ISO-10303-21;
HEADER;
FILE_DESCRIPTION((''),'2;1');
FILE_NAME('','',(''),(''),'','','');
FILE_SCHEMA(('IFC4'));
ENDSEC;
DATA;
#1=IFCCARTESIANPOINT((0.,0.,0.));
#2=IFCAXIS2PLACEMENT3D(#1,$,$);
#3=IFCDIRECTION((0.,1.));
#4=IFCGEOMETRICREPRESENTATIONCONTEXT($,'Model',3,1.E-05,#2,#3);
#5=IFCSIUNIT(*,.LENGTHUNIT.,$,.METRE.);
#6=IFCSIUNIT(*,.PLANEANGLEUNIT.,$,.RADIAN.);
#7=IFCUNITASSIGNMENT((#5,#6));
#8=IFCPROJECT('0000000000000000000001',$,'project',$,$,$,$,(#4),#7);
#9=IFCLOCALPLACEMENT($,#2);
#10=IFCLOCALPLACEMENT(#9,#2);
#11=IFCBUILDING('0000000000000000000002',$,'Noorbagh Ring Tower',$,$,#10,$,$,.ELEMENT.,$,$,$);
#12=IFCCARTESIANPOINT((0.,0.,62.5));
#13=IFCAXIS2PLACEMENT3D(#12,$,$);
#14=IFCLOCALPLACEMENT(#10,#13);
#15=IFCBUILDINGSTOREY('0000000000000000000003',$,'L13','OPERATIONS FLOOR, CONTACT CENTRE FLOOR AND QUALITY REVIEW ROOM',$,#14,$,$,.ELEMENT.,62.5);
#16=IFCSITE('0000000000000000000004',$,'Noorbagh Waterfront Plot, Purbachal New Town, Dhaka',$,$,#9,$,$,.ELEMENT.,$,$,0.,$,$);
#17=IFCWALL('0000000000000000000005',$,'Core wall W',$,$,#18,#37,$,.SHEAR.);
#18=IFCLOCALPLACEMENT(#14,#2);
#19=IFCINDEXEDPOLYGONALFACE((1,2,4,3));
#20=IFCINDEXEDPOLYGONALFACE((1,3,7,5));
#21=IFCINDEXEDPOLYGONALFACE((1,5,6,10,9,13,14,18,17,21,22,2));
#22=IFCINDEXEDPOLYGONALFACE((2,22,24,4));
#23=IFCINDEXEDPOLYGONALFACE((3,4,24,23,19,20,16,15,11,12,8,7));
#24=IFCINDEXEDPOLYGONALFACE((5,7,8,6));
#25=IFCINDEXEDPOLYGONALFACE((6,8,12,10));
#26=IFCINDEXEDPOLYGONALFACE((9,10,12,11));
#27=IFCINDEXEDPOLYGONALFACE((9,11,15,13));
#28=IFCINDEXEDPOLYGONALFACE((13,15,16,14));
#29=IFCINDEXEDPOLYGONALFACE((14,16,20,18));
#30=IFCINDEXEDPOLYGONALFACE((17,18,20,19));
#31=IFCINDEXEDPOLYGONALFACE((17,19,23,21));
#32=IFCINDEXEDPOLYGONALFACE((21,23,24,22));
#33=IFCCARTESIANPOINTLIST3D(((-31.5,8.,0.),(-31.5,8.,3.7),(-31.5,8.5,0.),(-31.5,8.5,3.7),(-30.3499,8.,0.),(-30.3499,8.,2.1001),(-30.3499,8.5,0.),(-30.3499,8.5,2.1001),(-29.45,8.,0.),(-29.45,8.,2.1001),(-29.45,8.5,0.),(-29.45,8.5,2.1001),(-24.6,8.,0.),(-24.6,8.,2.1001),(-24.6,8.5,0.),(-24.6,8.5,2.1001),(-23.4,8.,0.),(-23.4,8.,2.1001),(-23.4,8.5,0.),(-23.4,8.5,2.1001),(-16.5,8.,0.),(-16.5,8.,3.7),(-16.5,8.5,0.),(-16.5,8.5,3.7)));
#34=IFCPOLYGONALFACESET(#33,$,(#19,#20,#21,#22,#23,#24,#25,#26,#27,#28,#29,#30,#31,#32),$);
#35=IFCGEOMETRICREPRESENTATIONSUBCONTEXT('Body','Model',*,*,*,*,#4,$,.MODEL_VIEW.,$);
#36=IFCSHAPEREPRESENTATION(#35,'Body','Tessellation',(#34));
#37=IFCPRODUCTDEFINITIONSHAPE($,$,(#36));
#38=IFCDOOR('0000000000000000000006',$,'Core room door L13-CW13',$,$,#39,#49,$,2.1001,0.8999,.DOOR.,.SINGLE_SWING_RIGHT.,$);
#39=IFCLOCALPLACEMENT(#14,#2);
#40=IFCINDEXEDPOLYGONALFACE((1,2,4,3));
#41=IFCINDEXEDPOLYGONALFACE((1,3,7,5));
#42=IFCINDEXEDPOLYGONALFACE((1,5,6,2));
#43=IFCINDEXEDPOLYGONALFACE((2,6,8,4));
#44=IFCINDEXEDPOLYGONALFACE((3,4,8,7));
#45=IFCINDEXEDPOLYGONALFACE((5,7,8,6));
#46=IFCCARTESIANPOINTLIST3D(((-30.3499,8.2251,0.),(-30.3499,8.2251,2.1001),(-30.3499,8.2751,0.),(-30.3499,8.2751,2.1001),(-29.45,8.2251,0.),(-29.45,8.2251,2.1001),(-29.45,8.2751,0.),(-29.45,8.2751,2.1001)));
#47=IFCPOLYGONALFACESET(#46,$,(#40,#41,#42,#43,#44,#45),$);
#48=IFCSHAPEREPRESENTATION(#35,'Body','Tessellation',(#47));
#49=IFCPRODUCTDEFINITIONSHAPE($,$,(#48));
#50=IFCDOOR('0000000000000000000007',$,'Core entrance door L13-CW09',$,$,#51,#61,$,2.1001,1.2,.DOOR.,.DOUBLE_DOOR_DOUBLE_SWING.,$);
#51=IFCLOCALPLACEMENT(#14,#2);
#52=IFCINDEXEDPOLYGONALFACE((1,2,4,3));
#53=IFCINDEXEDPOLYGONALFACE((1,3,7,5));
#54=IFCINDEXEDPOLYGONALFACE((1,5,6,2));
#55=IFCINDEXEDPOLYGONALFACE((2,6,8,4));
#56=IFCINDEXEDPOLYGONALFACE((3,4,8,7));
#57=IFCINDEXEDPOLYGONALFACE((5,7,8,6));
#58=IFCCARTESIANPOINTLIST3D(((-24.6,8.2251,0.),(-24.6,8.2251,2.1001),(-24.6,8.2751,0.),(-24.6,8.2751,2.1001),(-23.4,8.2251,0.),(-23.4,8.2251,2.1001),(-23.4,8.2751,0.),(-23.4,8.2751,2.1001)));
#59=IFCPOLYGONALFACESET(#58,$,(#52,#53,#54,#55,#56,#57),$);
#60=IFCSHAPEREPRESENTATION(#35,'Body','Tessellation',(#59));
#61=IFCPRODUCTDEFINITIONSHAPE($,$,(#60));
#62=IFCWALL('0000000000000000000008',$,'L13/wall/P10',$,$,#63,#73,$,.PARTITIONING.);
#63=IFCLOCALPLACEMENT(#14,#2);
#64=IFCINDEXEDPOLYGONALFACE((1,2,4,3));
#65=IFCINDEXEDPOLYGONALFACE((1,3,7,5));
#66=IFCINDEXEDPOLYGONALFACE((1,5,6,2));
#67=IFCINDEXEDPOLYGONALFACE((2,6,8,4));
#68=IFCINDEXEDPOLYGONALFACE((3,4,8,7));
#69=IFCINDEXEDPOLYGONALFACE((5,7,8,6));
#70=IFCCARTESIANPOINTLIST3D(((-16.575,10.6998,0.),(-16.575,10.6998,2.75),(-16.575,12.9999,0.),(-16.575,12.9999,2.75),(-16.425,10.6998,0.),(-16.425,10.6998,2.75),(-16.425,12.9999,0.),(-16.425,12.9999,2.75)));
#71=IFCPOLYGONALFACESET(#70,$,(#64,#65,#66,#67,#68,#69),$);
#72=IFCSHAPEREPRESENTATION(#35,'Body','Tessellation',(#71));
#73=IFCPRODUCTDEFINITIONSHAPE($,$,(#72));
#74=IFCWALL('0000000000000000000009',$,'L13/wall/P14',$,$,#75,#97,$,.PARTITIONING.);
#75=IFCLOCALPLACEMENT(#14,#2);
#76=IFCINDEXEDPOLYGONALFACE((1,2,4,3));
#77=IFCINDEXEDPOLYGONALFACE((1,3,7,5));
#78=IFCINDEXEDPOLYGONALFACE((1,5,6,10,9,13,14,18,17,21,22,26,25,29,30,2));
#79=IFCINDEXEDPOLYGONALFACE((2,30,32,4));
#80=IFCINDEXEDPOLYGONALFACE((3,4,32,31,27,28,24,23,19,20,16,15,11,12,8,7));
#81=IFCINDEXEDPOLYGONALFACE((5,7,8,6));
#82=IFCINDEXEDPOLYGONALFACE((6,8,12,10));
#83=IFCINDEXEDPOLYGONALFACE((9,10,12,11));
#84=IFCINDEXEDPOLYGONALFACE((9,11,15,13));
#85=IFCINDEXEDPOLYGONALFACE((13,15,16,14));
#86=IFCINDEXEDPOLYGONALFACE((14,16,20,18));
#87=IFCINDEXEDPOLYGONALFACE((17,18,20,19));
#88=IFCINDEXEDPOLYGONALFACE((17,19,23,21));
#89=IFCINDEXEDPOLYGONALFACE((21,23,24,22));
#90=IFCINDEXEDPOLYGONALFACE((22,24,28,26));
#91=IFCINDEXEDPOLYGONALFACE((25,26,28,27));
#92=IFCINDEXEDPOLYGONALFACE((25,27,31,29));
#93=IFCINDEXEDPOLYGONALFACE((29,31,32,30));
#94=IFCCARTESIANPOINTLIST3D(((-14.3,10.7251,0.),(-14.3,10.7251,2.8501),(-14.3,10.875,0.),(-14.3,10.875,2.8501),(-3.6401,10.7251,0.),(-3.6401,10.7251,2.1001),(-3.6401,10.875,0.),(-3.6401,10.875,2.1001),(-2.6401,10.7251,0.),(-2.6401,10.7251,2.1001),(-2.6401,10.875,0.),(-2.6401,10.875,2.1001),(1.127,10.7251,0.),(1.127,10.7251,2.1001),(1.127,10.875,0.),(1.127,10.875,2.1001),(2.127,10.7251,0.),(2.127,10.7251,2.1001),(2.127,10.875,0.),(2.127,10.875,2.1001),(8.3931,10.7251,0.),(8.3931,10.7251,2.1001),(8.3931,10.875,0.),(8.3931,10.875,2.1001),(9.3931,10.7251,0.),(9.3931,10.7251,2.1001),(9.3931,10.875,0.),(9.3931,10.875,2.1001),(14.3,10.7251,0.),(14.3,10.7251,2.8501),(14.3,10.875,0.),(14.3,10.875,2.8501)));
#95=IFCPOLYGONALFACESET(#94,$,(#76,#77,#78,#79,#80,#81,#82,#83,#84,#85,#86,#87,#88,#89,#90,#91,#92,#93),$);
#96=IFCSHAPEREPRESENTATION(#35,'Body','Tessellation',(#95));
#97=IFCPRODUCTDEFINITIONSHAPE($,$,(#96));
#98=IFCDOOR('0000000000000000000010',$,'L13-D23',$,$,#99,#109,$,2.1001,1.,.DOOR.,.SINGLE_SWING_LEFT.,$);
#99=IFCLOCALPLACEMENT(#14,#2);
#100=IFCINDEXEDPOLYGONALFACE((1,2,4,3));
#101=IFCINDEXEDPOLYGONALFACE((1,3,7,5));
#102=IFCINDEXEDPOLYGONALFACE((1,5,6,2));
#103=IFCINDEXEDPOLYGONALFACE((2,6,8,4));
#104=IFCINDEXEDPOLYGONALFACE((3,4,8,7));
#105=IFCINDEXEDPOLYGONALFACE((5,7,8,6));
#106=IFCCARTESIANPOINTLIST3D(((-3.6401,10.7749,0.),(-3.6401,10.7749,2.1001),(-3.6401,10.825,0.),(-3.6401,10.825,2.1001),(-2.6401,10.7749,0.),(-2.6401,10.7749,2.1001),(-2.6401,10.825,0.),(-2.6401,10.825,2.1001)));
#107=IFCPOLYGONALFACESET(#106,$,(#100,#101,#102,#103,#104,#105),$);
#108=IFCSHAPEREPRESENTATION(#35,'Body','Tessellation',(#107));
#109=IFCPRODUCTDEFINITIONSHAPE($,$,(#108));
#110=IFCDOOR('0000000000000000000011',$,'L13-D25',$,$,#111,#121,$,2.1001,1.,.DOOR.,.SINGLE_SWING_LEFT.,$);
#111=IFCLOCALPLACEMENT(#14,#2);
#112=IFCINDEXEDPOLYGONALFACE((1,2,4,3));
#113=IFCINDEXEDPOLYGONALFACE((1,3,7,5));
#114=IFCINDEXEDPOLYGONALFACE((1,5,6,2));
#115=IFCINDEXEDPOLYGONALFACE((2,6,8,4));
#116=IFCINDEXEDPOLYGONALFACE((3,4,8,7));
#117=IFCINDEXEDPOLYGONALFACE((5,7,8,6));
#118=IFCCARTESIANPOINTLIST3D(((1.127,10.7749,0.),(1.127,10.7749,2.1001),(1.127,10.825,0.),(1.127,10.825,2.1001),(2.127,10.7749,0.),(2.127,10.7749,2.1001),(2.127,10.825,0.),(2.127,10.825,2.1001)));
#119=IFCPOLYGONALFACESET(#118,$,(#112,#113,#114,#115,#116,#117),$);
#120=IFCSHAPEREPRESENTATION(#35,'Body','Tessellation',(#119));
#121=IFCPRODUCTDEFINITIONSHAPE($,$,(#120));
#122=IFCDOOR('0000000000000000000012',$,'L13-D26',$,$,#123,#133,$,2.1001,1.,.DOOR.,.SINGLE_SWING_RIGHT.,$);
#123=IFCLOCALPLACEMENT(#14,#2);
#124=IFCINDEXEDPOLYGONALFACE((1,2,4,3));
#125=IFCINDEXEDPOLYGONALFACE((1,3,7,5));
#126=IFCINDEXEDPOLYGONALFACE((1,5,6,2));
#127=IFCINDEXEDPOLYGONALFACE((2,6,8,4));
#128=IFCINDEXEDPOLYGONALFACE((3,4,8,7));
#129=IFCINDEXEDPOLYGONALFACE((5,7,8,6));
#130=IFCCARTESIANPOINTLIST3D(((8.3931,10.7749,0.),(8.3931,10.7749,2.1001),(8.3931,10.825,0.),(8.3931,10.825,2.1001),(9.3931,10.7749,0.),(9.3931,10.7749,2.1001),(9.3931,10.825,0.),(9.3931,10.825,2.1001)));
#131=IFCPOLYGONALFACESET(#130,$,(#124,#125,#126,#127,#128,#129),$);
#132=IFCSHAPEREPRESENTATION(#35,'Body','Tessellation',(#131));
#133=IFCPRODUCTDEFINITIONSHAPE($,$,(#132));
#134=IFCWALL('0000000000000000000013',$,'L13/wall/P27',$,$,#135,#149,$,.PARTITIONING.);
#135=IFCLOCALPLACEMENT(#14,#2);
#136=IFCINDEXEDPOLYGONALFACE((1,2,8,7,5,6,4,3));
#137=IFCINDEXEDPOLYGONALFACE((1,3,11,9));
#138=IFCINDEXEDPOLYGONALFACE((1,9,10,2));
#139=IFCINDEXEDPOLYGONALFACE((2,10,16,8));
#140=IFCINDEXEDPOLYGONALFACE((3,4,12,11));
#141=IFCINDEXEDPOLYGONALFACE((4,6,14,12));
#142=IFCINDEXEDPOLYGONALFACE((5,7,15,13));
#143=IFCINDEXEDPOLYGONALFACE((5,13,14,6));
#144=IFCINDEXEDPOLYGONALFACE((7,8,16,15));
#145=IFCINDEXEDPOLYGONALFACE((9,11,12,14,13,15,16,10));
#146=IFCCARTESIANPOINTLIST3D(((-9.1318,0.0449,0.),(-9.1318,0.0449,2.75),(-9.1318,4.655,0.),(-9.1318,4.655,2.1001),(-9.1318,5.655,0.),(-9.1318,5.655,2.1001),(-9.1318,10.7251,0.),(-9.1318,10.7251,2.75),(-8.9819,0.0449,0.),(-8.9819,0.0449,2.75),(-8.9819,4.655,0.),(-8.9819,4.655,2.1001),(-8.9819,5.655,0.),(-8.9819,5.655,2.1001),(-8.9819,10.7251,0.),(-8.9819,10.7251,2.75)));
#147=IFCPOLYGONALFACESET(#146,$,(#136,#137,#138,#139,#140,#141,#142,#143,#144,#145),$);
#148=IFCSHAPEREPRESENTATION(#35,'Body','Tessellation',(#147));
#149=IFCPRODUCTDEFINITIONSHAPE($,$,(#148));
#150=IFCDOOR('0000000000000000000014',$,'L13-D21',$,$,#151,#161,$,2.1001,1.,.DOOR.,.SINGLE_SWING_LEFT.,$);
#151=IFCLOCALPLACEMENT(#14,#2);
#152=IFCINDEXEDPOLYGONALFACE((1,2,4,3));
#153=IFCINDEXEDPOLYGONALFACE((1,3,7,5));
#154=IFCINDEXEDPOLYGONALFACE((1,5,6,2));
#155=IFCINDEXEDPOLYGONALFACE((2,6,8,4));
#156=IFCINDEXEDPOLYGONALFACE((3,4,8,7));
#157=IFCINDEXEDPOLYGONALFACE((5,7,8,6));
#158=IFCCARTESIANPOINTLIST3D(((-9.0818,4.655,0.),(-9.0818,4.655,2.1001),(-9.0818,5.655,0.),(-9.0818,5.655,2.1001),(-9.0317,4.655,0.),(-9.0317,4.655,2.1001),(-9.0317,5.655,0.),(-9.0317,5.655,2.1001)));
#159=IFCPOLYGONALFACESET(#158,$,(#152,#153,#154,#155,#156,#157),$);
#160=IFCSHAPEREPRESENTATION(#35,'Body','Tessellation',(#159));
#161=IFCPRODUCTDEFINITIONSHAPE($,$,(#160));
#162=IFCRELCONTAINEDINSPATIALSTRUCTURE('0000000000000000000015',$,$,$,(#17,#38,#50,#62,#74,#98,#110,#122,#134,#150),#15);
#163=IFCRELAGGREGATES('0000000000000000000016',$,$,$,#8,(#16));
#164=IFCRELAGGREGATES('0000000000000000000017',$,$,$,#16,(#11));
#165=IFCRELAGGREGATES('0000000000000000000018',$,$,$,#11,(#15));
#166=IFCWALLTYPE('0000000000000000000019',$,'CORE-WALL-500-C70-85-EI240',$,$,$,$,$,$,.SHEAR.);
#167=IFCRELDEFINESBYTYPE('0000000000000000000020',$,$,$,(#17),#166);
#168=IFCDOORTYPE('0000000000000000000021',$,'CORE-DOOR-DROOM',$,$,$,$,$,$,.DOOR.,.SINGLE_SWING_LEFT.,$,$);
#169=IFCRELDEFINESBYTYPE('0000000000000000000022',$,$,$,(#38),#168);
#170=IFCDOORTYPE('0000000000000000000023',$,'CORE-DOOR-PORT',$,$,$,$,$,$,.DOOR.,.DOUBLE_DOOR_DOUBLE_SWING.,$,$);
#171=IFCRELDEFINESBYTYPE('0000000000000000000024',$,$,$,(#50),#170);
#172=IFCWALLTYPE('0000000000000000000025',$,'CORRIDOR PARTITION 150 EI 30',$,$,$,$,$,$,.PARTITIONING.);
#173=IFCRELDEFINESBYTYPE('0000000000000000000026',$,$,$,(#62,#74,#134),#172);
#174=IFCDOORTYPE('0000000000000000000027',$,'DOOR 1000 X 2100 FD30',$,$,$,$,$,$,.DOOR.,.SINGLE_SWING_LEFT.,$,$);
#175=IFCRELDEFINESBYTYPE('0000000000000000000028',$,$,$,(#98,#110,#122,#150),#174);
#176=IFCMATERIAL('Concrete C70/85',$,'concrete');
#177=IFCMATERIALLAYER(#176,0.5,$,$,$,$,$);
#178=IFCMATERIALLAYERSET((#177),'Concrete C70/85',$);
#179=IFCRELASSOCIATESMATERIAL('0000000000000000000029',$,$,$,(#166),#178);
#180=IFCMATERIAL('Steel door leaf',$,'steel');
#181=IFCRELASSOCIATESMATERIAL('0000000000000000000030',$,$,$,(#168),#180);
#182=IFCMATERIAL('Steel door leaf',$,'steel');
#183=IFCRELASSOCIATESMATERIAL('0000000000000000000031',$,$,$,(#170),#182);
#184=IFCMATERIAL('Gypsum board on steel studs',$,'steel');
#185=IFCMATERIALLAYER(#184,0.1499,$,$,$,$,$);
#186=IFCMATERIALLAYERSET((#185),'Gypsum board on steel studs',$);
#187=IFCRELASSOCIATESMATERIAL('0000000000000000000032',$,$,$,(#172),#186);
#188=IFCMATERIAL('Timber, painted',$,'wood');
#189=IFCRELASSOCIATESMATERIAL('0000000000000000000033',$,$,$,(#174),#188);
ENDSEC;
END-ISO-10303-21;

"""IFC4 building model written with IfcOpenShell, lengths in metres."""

from ifc_helpers import new_model, si_unit, direction, frame, frame_2d, origin, place, context, subcontext, project, spatial, rectangle, extrude, material, layer, layer_set, type_object, element, fill, save


model = new_model("IFC4")

# Units and contexts
model_context = context("Model", 3, precision=1e-05, world=origin(), true_north=direction((0.0, 1.0)))
body_context = subcontext(model_context, "Body", "Model", "MODEL_VIEW")
ifc_project = project(units=[si_unit("LENGTHUNIT", "METRE"), si_unit("PLANEANGLEUNIT", "RADIAN")], contexts=[model_context])

# Site, building, storey
site_placement = place(None, origin())
site = spatial("IfcSite", under=ifc_project, at=site_placement, Name="Noorbagh Waterfront Plot, Purbachal New Town, Dhaka", CompositionType="ELEMENT", RefElevation=0.0)
building_placement = place(site_placement, origin())
building = spatial("IfcBuilding", under=site, at=building_placement, Name="Noorbagh Ring Tower", CompositionType="ELEMENT")
storey_placement = place(building_placement, frame((0.0, 0.0, 62.5)))
storey = spatial("IfcBuildingStorey", under=building, at=storey_placement, Name="L13", Description="OPERATIONS FLOOR, CONTACT CENTRE FLOOR AND QUALITY REVIEW ROOM", CompositionType="ELEMENT", Elevation=62.5)

# Wall, openings, doors
ifc_material_1 = material(Name="Concrete C70/85", Category="concrete")
ifc_layer_1 = layer(ifc_material_1, 0.5)
ifc_layer_set_1 = layer_set([ifc_layer_1], Name="Concrete C70/85")
wall_type_1 = type_object("IfcWallType", Name="CORE-WALL-500-C70-85-EI240", PredefinedType="SHEAR", material=ifc_layer_set_1)
wall_1_placement = place(storey_placement, frame((-16.5, 8.25, 0.0), z_axis=(0.0, 0.0, 1.0), x_axis=(-1.0, 0.0, 0.0)))
wall_1 = element("IfcWall", 1, at=wall_1_placement, inside=storey, type_object=wall_type_1, Name="Core wall W", PredefinedType="SHEAR", context=body_context, shape_type="SweptSolid", body=[
    extrude(rectangle(XDim=15.0, YDim=0.5, at=frame_2d((7.5, 0.0))), origin(), (0.0, 0.0, 1.0), 3.7),
])
opening_1_placement = place(wall_1_placement, frame((6.8999, 0.0, 0.0)))
opening_1 = element("IfcOpeningElement", 2, at=opening_1_placement, cuts=wall_1, PredefinedType="OPENING", context=body_context, shape_type="SweptSolid", body=[
    extrude(rectangle(XDim=1.2, YDim=2.1001, at=frame_2d((0.6001, 1.05))), frame((0.0, 0.26, 0.0), z_axis=(0.0, -1.0, 0.0), x_axis=(1.0, 0.0, 0.0)), (0.0, 0.0, 1.0), 0.52),
])
opening_2_placement = place(wall_1_placement, frame((12.95, 0.0, 0.0)))
opening_2 = element("IfcOpeningElement", 3, at=opening_2_placement, cuts=wall_1, PredefinedType="OPENING", context=body_context, shape_type="SweptSolid", body=[
    extrude(rectangle(XDim=0.8999, YDim=2.1001, at=frame_2d((0.45, 1.05))), frame((0.0, 0.26, 0.0), z_axis=(0.0, -1.0, 0.0), x_axis=(1.0, 0.0, 0.0)), (0.0, 0.0, 1.0), 0.52),
])
ifc_material_2 = material(Name="Steel door leaf", Category="steel")
door_type_1 = type_object("IfcDoorType", Name="CORE-DOOR-DROOM", OperationType="SINGLE_SWING_LEFT", PredefinedType="DOOR", material=ifc_material_2)
door_1_placement = place(opening_2_placement, origin())
door_1 = element("IfcDoor", 4, at=door_1_placement, inside=storey, type_object=door_type_1, Name="Core room door L13-CW13", OperationType="SINGLE_SWING_RIGHT", OverallHeight=2.1001, OverallWidth=0.8999, PredefinedType="DOOR", context=body_context, shape_type="SweptSolid", body=[
    extrude(rectangle(XDim=0.8999, YDim=2.1001, at=frame_2d((0.45, 1.05))), frame((0.0, 0.0249, 0.0), z_axis=(0.0, -1.0, 0.0), x_axis=(1.0, 0.0, 0.0)), (0.0, 0.0, 1.0), 0.05),
])
fill(opening_2, door_1)
ifc_material_3 = material(Name="Steel door leaf", Category="steel")
door_type_2 = type_object("IfcDoorType", Name="CORE-DOOR-PORT", OperationType="DOUBLE_DOOR_DOUBLE_SWING", PredefinedType="DOOR", material=ifc_material_3)
door_2_placement = place(opening_1_placement, origin())
door_2 = element("IfcDoor", 5, at=door_2_placement, inside=storey, type_object=door_type_2, Name="Core entrance door L13-CW09", OperationType="DOUBLE_DOOR_DOUBLE_SWING", OverallHeight=2.1001, OverallWidth=1.2, PredefinedType="DOOR", context=body_context, shape_type="SweptSolid", body=[
    extrude(rectangle(XDim=1.2, YDim=2.1001, at=frame_2d((0.6001, 1.05))), frame((0.0, 0.0249, 0.0), z_axis=(0.0, -1.0, 0.0), x_axis=(1.0, 0.0, 0.0)), (0.0, 0.0, 1.0), 0.05),
])
fill(opening_1, door_2)

# Wall
ifc_material_4 = material(Name="Gypsum board on steel studs", Category="steel")
ifc_layer_2 = layer(ifc_material_4, 0.1499)
ifc_layer_set_2 = layer_set([ifc_layer_2], Name="Gypsum board on steel studs")
wall_type_2 = type_object("IfcWallType", Name="CORRIDOR PARTITION 150 EI 30", PredefinedType="PARTITIONING", material=ifc_layer_set_2)
wall_2_placement = place(storey_placement, frame((-16.5, 10.7, 0.0), z_axis=(0.0, 0.0, 1.0), x_axis=(0.0, 1.0, 0.0)))
element("IfcWall", 6, at=wall_2_placement, inside=storey, type_object=wall_type_2, Name="L13/wall/P10", PredefinedType="PARTITIONING", context=body_context, shape_type="SweptSolid", body=[
    extrude(rectangle(XDim=2.3, YDim=0.1499, at=frame_2d((1.1499, 0.0))), origin(), (0.0, 0.0, 1.0), 2.75),
])

# Wall, openings, doors
wall_3_placement = place(storey_placement, frame((-14.3, 10.8, 0.0), z_axis=(0.0, 0.0, 1.0), x_axis=(1.0, 0.0, 0.0)))
wall_3 = element("IfcWall", 7, at=wall_3_placement, inside=storey, type_object=wall_type_2, Name="L13/wall/P14", PredefinedType="PARTITIONING", context=body_context, shape_type="SweptSolid", body=[
    extrude(rectangle(XDim=28.6001, YDim=0.1499, at=frame_2d((14.3, 0.0))), origin(), (0.0, 0.0, 1.0), 2.8501),
])
opening_3_placement = place(wall_3_placement, frame((10.6599, 0.0, 0.0)))
opening_3 = element("IfcOpeningElement", 8, at=opening_3_placement, cuts=wall_3, PredefinedType="OPENING", context=body_context, shape_type="SweptSolid", body=[
    extrude(rectangle(XDim=1.0, YDim=2.1001, at=frame_2d((0.5, 1.05))), frame((0.0, 0.085, 0.0), z_axis=(0.0, -1.0, 0.0), x_axis=(1.0, 0.0, 0.0)), (0.0, 0.0, 1.0), 0.1699),
])
opening_4_placement = place(wall_3_placement, frame((15.427, 0.0, 0.0)))
opening_4 = element("IfcOpeningElement", 9, at=opening_4_placement, cuts=wall_3, PredefinedType="OPENING", context=body_context, shape_type="SweptSolid", body=[
    extrude(rectangle(XDim=1.0, YDim=2.1001, at=frame_2d((0.5, 1.05))), frame((0.0, 0.085, 0.0), z_axis=(0.0, -1.0, 0.0), x_axis=(1.0, 0.0, 0.0)), (0.0, 0.0, 1.0), 0.1699),
])
opening_5_placement = place(wall_3_placement, frame((22.6931, 0.0, 0.0)))
opening_5 = element("IfcOpeningElement", 10, at=opening_5_placement, cuts=wall_3, PredefinedType="OPENING", context=body_context, shape_type="SweptSolid", body=[
    extrude(rectangle(XDim=1.0, YDim=2.1001, at=frame_2d((0.5, 1.05))), frame((0.0, 0.085, 0.0), z_axis=(0.0, -1.0, 0.0), x_axis=(1.0, 0.0, 0.0)), (0.0, 0.0, 1.0), 0.1699),
])
ifc_material_5 = material(Name="Timber, painted", Category="wood")
door_type_3 = type_object("IfcDoorType", Name="DOOR 1000 X 2100 FD30", OperationType="SINGLE_SWING_LEFT", PredefinedType="DOOR", material=ifc_material_5)
door_3_placement = place(opening_3_placement, origin())
door_3 = element("IfcDoor", 11, at=door_3_placement, inside=storey, type_object=door_type_3, Name="L13-D23", OperationType="SINGLE_SWING_LEFT", OverallHeight=2.1001, OverallWidth=1.0, PredefinedType="DOOR", context=body_context, shape_type="SweptSolid", body=[
    extrude(rectangle(XDim=1.0, YDim=2.1001, at=frame_2d((0.5, 1.05))), frame((0.0, 0.0249, 0.0), z_axis=(0.0, -1.0, 0.0), x_axis=(1.0, 0.0, 0.0)), (0.0, 0.0, 1.0), 0.05),
])
fill(opening_3, door_3)
door_4_placement = place(opening_4_placement, origin())
door_4 = element("IfcDoor", 12, at=door_4_placement, inside=storey, type_object=door_type_3, Name="L13-D25", OperationType="SINGLE_SWING_LEFT", OverallHeight=2.1001, OverallWidth=1.0, PredefinedType="DOOR", context=body_context, shape_type="SweptSolid", body=[
    extrude(rectangle(XDim=1.0, YDim=2.1001, at=frame_2d((0.5, 1.05))), frame((0.0, 0.0249, 0.0), z_axis=(0.0, -1.0, 0.0), x_axis=(1.0, 0.0, 0.0)), (0.0, 0.0, 1.0), 0.05),
])
fill(opening_4, door_4)
door_5_placement = place(opening_5_placement, origin())
door_5 = element("IfcDoor", 13, at=door_5_placement, inside=storey, type_object=door_type_3, Name="L13-D26", OperationType="SINGLE_SWING_RIGHT", OverallHeight=2.1001, OverallWidth=1.0, PredefinedType="DOOR", context=body_context, shape_type="SweptSolid", body=[
    extrude(rectangle(XDim=1.0, YDim=2.1001, at=frame_2d((0.5, 1.05))), frame((0.0, 0.0249, 0.0), z_axis=(0.0, -1.0, 0.0), x_axis=(1.0, 0.0, 0.0)), (0.0, 0.0, 1.0), 0.05),
])
fill(opening_5, door_5)

# Wall, opening, door
wall_4_placement = place(storey_placement, frame((-9.0569, 0.0449, 0.0), z_axis=(0.0, 0.0, 1.0), x_axis=(0.0, 1.0, 0.0)))
wall_4 = element("IfcWall", 14, at=wall_4_placement, inside=storey, type_object=wall_type_2, Name="L13/wall/P27", PredefinedType="PARTITIONING", context=body_context, shape_type="SweptSolid", body=[
    extrude(rectangle(XDim=10.6802, YDim=0.1499, at=frame_2d((5.3401, 0.0))), origin(), (0.0, 0.0, 1.0), 2.75),
])
opening_6_placement = place(wall_4_placement, frame((4.6101, 0.0, 0.0)))
opening_6 = element("IfcOpeningElement", 15, at=opening_6_placement, cuts=wall_4, PredefinedType="OPENING", context=body_context, shape_type="SweptSolid", body=[
    extrude(rectangle(XDim=1.0, YDim=2.1001, at=frame_2d((0.5, 1.05))), frame((0.0, 0.085, 0.0), z_axis=(0.0, -1.0, 0.0), x_axis=(1.0, 0.0, 0.0)), (0.0, 0.0, 1.0), 0.1699),
])
door_6_placement = place(opening_6_placement, origin())
door_6 = element("IfcDoor", 16, at=door_6_placement, inside=storey, type_object=door_type_3, Name="L13-D21", OperationType="SINGLE_SWING_LEFT", OverallHeight=2.1001, OverallWidth=1.0, PredefinedType="DOOR", context=body_context, shape_type="SweptSolid", body=[
    extrude(rectangle(XDim=1.0, YDim=2.1001, at=frame_2d((0.5, 1.05))), frame((0.0, 0.0249, 0.0), z_axis=(0.0, -1.0, 0.0), x_axis=(1.0, 0.0, 0.0)), (0.0, 0.0, 1.0), 0.05),
])
fill(opening_6, door_6)

save(model, "model.ifc")
